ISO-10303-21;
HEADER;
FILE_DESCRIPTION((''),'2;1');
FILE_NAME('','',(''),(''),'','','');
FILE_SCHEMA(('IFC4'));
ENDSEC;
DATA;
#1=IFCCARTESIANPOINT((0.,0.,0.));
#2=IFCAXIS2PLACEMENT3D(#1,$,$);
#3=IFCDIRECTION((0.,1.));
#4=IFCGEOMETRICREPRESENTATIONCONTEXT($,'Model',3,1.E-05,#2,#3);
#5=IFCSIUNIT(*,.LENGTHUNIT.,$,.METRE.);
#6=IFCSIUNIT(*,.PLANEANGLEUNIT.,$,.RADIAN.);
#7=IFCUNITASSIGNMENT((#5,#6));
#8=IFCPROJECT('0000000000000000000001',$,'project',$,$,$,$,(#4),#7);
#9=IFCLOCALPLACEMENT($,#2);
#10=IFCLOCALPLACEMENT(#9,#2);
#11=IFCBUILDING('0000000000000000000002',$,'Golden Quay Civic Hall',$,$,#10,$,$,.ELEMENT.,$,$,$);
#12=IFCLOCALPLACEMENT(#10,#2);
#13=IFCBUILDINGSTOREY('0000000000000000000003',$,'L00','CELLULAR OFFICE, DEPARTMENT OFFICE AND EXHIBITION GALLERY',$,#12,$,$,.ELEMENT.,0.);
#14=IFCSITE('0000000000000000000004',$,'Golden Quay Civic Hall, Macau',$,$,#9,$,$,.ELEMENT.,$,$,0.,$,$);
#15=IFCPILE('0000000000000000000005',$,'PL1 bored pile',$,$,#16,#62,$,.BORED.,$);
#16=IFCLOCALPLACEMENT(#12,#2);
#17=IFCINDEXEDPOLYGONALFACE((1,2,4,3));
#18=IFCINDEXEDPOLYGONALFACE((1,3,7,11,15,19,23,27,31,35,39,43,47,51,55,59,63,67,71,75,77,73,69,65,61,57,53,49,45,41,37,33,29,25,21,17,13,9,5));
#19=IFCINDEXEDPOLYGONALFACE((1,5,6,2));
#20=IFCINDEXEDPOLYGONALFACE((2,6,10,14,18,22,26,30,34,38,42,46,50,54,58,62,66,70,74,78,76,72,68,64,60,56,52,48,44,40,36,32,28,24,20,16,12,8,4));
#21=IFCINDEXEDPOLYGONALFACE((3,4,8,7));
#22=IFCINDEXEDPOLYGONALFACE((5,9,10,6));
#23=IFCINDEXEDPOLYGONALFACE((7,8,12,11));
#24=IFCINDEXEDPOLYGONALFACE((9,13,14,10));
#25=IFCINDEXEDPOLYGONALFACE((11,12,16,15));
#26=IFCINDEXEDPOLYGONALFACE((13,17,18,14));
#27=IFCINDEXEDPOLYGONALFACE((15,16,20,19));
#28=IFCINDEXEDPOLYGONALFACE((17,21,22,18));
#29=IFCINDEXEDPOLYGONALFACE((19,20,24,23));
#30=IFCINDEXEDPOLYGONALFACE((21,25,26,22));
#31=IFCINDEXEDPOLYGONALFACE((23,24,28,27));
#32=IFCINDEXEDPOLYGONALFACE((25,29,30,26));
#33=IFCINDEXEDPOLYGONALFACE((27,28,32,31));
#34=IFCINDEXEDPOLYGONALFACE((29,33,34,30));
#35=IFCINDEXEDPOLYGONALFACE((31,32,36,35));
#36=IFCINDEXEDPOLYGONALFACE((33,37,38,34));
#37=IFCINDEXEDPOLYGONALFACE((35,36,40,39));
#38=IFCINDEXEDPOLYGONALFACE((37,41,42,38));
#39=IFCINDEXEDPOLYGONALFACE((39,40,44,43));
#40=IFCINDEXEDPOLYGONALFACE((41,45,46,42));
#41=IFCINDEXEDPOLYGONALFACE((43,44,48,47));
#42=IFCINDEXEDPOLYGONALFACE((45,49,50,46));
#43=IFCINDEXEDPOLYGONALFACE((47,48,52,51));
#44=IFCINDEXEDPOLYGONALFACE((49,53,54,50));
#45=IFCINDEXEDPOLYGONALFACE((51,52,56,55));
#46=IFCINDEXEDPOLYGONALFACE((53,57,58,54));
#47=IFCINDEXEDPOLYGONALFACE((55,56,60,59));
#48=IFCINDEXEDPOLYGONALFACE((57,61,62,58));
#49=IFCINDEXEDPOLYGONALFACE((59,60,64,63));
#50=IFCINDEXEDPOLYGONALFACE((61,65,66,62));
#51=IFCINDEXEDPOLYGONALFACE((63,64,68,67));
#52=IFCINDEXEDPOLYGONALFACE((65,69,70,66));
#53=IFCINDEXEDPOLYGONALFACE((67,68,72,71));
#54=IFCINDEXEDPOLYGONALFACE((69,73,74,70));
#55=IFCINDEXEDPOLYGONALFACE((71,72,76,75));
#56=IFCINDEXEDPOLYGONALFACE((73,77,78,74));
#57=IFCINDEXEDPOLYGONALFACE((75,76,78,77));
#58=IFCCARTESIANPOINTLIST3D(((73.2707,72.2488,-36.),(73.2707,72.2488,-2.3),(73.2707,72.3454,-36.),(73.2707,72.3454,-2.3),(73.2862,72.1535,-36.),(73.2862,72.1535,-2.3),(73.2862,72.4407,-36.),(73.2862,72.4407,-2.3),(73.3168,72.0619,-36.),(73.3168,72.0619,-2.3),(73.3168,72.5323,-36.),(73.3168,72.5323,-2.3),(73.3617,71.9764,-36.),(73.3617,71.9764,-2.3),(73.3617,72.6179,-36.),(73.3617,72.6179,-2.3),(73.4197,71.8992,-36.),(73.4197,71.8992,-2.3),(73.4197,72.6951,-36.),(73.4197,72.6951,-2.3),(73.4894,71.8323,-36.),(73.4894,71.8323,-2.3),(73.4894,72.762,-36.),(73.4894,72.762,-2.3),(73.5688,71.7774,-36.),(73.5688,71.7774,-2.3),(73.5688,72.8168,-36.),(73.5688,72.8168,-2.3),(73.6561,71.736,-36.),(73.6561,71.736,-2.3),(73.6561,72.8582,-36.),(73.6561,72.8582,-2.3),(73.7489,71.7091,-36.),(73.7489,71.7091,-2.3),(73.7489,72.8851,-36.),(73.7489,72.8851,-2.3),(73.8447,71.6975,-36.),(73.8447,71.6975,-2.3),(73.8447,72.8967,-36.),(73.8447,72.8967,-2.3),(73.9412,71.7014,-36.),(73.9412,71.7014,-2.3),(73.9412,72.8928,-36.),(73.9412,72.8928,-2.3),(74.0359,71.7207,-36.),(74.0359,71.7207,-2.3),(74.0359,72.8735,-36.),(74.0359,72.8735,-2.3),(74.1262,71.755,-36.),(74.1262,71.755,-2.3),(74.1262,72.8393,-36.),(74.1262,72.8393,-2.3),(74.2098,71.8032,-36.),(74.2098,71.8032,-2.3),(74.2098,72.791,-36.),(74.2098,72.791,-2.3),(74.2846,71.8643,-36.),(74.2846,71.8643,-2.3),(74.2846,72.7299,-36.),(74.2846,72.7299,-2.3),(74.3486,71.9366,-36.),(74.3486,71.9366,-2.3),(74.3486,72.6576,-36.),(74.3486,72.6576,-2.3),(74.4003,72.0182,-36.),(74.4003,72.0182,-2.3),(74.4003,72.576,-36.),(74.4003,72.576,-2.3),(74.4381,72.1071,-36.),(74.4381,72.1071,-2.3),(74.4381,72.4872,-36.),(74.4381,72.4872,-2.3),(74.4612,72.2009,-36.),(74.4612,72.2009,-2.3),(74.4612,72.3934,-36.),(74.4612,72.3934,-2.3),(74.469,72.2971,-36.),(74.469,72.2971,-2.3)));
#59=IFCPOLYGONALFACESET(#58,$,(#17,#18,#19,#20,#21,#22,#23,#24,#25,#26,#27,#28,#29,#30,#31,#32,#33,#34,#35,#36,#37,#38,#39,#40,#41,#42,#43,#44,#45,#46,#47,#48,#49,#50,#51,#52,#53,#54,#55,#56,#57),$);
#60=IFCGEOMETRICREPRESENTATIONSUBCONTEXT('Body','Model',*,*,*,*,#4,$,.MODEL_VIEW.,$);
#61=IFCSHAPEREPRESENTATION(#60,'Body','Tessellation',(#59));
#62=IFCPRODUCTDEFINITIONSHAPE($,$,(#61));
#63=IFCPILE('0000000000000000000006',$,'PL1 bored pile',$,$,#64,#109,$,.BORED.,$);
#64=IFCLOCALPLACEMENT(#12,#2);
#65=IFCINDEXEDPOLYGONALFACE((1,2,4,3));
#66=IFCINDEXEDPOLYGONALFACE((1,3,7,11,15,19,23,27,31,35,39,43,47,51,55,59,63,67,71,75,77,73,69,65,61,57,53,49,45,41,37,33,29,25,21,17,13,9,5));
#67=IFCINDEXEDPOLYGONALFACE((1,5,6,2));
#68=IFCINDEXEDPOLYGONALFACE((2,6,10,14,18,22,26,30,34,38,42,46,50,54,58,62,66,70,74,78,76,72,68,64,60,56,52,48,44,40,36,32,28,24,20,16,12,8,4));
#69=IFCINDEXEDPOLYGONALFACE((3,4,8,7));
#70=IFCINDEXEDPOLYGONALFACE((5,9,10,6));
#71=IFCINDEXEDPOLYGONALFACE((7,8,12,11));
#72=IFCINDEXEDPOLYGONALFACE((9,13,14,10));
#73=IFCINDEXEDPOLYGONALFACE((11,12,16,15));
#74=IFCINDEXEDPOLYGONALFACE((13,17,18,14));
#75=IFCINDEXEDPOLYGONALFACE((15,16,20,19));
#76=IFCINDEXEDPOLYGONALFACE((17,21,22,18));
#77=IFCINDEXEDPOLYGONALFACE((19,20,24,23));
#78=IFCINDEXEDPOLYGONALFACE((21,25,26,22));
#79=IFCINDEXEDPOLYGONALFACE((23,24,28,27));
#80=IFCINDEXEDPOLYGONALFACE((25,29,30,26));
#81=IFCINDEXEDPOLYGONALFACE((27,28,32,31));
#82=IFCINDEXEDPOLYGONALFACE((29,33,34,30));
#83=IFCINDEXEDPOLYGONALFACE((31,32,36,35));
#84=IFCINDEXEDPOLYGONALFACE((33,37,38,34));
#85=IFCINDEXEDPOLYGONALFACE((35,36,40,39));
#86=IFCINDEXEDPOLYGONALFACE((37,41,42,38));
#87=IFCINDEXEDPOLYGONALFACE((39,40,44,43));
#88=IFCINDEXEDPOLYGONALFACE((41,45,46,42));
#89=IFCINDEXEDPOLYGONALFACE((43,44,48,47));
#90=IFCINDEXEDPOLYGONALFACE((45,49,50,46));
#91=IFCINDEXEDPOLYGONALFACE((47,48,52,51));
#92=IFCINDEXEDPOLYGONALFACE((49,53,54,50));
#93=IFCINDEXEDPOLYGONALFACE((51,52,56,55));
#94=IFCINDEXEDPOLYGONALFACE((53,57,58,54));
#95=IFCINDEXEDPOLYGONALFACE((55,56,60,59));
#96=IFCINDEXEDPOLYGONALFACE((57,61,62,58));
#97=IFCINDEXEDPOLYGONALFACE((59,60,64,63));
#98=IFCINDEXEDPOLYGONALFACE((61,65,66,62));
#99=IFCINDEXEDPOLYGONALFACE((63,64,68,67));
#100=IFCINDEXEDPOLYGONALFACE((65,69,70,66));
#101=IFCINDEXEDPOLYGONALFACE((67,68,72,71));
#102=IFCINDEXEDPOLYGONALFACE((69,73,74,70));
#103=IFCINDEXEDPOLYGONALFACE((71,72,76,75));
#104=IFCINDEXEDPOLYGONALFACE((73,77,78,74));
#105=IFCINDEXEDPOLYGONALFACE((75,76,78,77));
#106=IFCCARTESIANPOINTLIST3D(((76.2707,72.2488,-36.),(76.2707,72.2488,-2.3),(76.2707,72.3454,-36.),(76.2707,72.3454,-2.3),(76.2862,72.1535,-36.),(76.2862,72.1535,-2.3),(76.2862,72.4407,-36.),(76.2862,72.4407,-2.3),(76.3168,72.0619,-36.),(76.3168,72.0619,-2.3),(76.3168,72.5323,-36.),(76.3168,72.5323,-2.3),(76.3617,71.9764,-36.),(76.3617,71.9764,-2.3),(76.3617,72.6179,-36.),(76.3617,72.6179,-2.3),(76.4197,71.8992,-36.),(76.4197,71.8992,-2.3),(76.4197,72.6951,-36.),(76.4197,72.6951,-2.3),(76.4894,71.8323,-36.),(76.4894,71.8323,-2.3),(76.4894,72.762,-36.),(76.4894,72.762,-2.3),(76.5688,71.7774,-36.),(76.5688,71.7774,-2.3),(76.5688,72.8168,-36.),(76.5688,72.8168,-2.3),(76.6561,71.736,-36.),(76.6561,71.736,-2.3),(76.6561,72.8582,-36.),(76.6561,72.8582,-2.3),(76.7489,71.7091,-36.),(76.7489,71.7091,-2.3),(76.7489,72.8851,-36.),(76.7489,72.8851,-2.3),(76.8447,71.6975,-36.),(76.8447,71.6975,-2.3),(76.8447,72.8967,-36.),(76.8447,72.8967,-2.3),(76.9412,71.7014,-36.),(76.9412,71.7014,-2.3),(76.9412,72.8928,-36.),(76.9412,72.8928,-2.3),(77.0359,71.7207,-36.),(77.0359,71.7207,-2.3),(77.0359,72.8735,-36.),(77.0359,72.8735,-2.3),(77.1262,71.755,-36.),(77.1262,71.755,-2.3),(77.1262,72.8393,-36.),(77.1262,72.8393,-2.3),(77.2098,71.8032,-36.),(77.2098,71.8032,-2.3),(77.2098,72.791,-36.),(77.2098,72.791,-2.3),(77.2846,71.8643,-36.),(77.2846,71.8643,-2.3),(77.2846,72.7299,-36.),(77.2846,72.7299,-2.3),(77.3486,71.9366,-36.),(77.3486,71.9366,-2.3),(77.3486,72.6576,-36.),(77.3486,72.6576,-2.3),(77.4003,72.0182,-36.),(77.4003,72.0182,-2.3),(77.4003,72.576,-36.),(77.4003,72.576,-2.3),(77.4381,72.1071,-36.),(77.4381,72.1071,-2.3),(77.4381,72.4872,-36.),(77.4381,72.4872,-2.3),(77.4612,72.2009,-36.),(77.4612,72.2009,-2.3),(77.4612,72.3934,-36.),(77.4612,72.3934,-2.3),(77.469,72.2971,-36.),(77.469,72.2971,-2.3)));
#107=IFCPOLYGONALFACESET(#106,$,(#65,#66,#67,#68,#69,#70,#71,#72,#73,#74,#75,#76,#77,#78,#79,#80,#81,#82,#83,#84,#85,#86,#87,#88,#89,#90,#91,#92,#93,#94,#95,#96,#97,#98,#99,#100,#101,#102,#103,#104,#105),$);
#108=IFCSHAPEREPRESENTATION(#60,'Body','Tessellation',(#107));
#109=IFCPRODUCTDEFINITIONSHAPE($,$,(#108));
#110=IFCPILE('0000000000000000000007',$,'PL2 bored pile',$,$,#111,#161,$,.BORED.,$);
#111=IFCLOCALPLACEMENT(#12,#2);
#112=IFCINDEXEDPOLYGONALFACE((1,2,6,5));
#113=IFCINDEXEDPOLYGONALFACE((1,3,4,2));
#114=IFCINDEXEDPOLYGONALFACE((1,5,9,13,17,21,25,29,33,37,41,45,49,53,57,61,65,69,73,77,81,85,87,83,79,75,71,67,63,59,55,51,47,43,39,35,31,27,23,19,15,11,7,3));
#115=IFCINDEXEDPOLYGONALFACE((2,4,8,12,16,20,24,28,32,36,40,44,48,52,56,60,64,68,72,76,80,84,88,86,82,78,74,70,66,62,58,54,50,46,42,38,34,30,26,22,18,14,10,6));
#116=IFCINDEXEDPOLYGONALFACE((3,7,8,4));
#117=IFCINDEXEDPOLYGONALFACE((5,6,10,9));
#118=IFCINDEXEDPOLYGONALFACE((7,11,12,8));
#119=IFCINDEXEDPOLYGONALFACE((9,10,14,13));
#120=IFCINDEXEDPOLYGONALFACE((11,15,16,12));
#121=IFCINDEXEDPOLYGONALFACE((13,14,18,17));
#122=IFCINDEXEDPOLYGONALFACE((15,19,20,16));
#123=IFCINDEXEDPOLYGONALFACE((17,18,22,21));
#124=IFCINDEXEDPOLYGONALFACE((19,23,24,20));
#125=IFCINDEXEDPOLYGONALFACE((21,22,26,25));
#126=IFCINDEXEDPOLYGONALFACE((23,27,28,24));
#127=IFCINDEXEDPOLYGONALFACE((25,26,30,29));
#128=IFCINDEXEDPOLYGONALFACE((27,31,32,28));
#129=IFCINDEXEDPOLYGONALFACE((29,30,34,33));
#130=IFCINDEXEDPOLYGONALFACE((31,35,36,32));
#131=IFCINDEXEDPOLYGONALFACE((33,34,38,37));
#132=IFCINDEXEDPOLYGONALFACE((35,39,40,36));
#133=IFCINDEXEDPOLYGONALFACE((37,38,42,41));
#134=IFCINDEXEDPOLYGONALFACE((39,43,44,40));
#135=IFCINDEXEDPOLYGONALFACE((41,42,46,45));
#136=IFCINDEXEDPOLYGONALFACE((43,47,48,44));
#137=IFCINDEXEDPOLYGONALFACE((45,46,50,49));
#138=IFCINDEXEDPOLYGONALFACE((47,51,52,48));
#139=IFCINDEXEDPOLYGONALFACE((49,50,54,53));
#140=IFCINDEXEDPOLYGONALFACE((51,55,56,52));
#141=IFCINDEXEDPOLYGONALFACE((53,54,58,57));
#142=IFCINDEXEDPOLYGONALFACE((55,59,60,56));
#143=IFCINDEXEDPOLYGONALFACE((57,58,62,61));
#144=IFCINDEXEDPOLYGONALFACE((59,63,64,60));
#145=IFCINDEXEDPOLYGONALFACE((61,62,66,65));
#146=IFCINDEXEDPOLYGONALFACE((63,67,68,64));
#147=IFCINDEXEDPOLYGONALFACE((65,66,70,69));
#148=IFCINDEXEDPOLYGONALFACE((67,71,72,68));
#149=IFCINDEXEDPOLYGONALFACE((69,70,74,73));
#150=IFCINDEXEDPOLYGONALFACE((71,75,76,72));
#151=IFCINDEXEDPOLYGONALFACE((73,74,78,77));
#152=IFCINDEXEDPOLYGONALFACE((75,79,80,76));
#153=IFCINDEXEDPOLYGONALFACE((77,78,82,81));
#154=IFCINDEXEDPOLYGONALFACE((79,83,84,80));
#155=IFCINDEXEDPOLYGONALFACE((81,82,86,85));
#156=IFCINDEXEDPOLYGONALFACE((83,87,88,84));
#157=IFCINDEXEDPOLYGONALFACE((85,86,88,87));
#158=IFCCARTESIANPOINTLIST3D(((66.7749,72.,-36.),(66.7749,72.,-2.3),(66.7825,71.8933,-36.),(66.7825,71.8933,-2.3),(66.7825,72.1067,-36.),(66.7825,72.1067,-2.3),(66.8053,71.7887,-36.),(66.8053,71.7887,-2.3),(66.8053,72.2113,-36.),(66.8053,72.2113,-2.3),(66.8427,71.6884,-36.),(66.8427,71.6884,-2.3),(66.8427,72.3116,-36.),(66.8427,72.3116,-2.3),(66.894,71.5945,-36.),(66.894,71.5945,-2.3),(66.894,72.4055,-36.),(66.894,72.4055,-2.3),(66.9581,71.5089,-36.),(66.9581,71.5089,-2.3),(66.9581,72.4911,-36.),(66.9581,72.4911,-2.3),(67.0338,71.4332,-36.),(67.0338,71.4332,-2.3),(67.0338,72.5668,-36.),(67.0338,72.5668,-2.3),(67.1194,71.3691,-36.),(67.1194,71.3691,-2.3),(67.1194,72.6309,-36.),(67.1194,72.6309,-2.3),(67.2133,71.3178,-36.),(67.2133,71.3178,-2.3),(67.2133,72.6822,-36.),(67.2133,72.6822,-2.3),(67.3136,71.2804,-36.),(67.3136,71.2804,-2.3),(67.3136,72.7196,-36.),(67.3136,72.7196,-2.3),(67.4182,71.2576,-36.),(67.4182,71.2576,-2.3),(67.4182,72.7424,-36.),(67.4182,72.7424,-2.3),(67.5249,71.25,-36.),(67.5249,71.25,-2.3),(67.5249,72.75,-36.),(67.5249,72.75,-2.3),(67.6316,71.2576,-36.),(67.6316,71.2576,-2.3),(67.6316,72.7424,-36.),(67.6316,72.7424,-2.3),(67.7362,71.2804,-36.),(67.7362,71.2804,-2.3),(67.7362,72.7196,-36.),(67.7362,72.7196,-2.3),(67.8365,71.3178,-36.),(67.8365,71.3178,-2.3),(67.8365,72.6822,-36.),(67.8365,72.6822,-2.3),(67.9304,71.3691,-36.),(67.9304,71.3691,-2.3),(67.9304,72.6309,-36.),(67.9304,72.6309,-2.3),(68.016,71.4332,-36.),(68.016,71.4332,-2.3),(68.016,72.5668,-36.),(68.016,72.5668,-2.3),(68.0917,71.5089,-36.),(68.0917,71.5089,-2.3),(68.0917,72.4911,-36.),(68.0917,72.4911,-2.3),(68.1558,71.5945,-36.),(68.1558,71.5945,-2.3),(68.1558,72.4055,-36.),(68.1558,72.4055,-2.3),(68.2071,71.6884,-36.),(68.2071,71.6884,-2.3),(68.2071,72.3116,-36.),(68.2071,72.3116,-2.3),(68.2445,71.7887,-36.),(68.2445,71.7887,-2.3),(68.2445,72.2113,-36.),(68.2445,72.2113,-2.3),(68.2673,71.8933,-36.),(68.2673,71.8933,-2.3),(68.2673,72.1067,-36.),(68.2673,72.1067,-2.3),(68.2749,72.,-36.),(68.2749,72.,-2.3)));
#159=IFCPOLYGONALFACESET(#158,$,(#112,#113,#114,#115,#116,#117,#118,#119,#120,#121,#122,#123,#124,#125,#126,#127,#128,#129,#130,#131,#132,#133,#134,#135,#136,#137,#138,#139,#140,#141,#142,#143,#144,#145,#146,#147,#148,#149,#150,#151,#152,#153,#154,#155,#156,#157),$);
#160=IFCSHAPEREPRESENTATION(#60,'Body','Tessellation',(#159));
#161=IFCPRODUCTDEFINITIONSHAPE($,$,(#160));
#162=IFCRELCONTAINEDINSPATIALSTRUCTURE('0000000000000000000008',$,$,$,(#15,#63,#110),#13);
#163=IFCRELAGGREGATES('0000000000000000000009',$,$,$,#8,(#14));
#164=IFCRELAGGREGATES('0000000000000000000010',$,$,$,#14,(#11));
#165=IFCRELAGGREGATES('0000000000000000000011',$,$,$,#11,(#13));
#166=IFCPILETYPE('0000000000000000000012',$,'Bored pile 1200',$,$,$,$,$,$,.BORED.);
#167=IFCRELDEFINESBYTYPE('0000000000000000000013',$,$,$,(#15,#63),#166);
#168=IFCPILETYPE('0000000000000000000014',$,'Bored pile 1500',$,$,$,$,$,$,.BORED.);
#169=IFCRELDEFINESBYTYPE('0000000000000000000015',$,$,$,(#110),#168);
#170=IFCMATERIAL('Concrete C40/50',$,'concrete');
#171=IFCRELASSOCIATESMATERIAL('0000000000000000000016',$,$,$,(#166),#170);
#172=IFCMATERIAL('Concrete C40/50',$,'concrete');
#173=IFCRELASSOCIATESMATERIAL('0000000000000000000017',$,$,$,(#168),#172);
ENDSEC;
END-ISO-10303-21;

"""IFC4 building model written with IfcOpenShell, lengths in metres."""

from ifc_helpers import new_model, si_unit, direction, frame, origin, origin_2d, place, context, subcontext, project, spatial, circle, extrude, material, material_profile, profile_set, type_object, element, save


model = new_model("IFC4")

# Units and contexts
model_context = context("Model", 3, precision=1e-05, world=origin(), true_north=direction((0.0, 1.0)))
body_context = subcontext(model_context, "Body", "Model", "MODEL_VIEW")
ifc_project = project(units=[si_unit("LENGTHUNIT", "METRE"), si_unit("PLANEANGLEUNIT", "RADIAN")], contexts=[model_context])

# Site, building, storey
site_placement = place(None, origin())
site = spatial("IfcSite", under=ifc_project, at=site_placement, Name="Golden Quay Civic Hall, Macau", CompositionType="ELEMENT", RefElevation=0.0)
building_placement = place(site_placement, origin())
building = spatial("IfcBuilding", under=site, at=building_placement, Name="Golden Quay Civic Hall", CompositionType="ELEMENT")
storey_placement = place(building_placement, origin())
storey = spatial("IfcBuildingStorey", under=building, at=storey_placement, Name="L00", Description="CELLULAR OFFICE, DEPARTMENT OFFICE AND EXHIBITION GALLERY", CompositionType="ELEMENT", Elevation=0.0)

# Piles
ifc_material_1 = material(Name="Concrete C40/50", Category="concrete")
ifc_material_profile_1 = material_profile(ifc_material_1, circle(Radius=0.6001, at=origin_2d()), Name="RC D1200")
ifc_profile_set_1 = profile_set([ifc_material_profile_1], Name="Concrete C40/50")
pile_type_1 = type_object("IfcPileType", Name="Bored pile 1200", PredefinedType="BORED", material=ifc_profile_set_1)
for number, where, z_axis, x_axis, name in (
    (1, (73.8689, 72.2971, -2.3), (0.0, 0.0, -1.0), (1.0, 0.0, 0.0), "PL1 bored pile"),
    (2, (76.8689, 72.2971, -2.3), (0.0, 0.0, -1.0), (1.0, 0.0, 0.0), "PL1 bored pile"),
):
    element("IfcPile", number, at=place(storey_placement, frame(where, z_axis=z_axis, x_axis=x_axis)), inside=storey, type_object=pile_type_1, Name=name, PredefinedType="BORED", context=body_context, shape_type="SweptSolid", body=[
        extrude(circle(Radius=0.6001, at=origin_2d()), origin(), (0.0, 0.0, 1.0), 33.7),
    ])
ifc_material_2 = material(Name="Concrete C40/50", Category="concrete")
ifc_material_profile_2 = material_profile(ifc_material_2, circle(Radius=0.75, at=origin_2d()), Name="RC D1500")
ifc_profile_set_2 = profile_set([ifc_material_profile_2], Name="Concrete C40/50")
pile_type_2 = type_object("IfcPileType", Name="Bored pile 1500", PredefinedType="BORED", material=ifc_profile_set_2)
pile_placement = place(storey_placement, frame((67.5249, 72.0, -2.3), z_axis=(0.0, 0.0, -1.0), x_axis=(1.0, 0.0, 0.0)))
element("IfcPile", 3, at=pile_placement, inside=storey, type_object=pile_type_2, Name="PL2 bored pile", PredefinedType="BORED", context=body_context, shape_type="SweptSolid", body=[
    extrude(circle(Radius=0.75, at=origin_2d()), origin(), (0.0, 0.0, 1.0), 33.7),
])

save(model, "model.ifc")
